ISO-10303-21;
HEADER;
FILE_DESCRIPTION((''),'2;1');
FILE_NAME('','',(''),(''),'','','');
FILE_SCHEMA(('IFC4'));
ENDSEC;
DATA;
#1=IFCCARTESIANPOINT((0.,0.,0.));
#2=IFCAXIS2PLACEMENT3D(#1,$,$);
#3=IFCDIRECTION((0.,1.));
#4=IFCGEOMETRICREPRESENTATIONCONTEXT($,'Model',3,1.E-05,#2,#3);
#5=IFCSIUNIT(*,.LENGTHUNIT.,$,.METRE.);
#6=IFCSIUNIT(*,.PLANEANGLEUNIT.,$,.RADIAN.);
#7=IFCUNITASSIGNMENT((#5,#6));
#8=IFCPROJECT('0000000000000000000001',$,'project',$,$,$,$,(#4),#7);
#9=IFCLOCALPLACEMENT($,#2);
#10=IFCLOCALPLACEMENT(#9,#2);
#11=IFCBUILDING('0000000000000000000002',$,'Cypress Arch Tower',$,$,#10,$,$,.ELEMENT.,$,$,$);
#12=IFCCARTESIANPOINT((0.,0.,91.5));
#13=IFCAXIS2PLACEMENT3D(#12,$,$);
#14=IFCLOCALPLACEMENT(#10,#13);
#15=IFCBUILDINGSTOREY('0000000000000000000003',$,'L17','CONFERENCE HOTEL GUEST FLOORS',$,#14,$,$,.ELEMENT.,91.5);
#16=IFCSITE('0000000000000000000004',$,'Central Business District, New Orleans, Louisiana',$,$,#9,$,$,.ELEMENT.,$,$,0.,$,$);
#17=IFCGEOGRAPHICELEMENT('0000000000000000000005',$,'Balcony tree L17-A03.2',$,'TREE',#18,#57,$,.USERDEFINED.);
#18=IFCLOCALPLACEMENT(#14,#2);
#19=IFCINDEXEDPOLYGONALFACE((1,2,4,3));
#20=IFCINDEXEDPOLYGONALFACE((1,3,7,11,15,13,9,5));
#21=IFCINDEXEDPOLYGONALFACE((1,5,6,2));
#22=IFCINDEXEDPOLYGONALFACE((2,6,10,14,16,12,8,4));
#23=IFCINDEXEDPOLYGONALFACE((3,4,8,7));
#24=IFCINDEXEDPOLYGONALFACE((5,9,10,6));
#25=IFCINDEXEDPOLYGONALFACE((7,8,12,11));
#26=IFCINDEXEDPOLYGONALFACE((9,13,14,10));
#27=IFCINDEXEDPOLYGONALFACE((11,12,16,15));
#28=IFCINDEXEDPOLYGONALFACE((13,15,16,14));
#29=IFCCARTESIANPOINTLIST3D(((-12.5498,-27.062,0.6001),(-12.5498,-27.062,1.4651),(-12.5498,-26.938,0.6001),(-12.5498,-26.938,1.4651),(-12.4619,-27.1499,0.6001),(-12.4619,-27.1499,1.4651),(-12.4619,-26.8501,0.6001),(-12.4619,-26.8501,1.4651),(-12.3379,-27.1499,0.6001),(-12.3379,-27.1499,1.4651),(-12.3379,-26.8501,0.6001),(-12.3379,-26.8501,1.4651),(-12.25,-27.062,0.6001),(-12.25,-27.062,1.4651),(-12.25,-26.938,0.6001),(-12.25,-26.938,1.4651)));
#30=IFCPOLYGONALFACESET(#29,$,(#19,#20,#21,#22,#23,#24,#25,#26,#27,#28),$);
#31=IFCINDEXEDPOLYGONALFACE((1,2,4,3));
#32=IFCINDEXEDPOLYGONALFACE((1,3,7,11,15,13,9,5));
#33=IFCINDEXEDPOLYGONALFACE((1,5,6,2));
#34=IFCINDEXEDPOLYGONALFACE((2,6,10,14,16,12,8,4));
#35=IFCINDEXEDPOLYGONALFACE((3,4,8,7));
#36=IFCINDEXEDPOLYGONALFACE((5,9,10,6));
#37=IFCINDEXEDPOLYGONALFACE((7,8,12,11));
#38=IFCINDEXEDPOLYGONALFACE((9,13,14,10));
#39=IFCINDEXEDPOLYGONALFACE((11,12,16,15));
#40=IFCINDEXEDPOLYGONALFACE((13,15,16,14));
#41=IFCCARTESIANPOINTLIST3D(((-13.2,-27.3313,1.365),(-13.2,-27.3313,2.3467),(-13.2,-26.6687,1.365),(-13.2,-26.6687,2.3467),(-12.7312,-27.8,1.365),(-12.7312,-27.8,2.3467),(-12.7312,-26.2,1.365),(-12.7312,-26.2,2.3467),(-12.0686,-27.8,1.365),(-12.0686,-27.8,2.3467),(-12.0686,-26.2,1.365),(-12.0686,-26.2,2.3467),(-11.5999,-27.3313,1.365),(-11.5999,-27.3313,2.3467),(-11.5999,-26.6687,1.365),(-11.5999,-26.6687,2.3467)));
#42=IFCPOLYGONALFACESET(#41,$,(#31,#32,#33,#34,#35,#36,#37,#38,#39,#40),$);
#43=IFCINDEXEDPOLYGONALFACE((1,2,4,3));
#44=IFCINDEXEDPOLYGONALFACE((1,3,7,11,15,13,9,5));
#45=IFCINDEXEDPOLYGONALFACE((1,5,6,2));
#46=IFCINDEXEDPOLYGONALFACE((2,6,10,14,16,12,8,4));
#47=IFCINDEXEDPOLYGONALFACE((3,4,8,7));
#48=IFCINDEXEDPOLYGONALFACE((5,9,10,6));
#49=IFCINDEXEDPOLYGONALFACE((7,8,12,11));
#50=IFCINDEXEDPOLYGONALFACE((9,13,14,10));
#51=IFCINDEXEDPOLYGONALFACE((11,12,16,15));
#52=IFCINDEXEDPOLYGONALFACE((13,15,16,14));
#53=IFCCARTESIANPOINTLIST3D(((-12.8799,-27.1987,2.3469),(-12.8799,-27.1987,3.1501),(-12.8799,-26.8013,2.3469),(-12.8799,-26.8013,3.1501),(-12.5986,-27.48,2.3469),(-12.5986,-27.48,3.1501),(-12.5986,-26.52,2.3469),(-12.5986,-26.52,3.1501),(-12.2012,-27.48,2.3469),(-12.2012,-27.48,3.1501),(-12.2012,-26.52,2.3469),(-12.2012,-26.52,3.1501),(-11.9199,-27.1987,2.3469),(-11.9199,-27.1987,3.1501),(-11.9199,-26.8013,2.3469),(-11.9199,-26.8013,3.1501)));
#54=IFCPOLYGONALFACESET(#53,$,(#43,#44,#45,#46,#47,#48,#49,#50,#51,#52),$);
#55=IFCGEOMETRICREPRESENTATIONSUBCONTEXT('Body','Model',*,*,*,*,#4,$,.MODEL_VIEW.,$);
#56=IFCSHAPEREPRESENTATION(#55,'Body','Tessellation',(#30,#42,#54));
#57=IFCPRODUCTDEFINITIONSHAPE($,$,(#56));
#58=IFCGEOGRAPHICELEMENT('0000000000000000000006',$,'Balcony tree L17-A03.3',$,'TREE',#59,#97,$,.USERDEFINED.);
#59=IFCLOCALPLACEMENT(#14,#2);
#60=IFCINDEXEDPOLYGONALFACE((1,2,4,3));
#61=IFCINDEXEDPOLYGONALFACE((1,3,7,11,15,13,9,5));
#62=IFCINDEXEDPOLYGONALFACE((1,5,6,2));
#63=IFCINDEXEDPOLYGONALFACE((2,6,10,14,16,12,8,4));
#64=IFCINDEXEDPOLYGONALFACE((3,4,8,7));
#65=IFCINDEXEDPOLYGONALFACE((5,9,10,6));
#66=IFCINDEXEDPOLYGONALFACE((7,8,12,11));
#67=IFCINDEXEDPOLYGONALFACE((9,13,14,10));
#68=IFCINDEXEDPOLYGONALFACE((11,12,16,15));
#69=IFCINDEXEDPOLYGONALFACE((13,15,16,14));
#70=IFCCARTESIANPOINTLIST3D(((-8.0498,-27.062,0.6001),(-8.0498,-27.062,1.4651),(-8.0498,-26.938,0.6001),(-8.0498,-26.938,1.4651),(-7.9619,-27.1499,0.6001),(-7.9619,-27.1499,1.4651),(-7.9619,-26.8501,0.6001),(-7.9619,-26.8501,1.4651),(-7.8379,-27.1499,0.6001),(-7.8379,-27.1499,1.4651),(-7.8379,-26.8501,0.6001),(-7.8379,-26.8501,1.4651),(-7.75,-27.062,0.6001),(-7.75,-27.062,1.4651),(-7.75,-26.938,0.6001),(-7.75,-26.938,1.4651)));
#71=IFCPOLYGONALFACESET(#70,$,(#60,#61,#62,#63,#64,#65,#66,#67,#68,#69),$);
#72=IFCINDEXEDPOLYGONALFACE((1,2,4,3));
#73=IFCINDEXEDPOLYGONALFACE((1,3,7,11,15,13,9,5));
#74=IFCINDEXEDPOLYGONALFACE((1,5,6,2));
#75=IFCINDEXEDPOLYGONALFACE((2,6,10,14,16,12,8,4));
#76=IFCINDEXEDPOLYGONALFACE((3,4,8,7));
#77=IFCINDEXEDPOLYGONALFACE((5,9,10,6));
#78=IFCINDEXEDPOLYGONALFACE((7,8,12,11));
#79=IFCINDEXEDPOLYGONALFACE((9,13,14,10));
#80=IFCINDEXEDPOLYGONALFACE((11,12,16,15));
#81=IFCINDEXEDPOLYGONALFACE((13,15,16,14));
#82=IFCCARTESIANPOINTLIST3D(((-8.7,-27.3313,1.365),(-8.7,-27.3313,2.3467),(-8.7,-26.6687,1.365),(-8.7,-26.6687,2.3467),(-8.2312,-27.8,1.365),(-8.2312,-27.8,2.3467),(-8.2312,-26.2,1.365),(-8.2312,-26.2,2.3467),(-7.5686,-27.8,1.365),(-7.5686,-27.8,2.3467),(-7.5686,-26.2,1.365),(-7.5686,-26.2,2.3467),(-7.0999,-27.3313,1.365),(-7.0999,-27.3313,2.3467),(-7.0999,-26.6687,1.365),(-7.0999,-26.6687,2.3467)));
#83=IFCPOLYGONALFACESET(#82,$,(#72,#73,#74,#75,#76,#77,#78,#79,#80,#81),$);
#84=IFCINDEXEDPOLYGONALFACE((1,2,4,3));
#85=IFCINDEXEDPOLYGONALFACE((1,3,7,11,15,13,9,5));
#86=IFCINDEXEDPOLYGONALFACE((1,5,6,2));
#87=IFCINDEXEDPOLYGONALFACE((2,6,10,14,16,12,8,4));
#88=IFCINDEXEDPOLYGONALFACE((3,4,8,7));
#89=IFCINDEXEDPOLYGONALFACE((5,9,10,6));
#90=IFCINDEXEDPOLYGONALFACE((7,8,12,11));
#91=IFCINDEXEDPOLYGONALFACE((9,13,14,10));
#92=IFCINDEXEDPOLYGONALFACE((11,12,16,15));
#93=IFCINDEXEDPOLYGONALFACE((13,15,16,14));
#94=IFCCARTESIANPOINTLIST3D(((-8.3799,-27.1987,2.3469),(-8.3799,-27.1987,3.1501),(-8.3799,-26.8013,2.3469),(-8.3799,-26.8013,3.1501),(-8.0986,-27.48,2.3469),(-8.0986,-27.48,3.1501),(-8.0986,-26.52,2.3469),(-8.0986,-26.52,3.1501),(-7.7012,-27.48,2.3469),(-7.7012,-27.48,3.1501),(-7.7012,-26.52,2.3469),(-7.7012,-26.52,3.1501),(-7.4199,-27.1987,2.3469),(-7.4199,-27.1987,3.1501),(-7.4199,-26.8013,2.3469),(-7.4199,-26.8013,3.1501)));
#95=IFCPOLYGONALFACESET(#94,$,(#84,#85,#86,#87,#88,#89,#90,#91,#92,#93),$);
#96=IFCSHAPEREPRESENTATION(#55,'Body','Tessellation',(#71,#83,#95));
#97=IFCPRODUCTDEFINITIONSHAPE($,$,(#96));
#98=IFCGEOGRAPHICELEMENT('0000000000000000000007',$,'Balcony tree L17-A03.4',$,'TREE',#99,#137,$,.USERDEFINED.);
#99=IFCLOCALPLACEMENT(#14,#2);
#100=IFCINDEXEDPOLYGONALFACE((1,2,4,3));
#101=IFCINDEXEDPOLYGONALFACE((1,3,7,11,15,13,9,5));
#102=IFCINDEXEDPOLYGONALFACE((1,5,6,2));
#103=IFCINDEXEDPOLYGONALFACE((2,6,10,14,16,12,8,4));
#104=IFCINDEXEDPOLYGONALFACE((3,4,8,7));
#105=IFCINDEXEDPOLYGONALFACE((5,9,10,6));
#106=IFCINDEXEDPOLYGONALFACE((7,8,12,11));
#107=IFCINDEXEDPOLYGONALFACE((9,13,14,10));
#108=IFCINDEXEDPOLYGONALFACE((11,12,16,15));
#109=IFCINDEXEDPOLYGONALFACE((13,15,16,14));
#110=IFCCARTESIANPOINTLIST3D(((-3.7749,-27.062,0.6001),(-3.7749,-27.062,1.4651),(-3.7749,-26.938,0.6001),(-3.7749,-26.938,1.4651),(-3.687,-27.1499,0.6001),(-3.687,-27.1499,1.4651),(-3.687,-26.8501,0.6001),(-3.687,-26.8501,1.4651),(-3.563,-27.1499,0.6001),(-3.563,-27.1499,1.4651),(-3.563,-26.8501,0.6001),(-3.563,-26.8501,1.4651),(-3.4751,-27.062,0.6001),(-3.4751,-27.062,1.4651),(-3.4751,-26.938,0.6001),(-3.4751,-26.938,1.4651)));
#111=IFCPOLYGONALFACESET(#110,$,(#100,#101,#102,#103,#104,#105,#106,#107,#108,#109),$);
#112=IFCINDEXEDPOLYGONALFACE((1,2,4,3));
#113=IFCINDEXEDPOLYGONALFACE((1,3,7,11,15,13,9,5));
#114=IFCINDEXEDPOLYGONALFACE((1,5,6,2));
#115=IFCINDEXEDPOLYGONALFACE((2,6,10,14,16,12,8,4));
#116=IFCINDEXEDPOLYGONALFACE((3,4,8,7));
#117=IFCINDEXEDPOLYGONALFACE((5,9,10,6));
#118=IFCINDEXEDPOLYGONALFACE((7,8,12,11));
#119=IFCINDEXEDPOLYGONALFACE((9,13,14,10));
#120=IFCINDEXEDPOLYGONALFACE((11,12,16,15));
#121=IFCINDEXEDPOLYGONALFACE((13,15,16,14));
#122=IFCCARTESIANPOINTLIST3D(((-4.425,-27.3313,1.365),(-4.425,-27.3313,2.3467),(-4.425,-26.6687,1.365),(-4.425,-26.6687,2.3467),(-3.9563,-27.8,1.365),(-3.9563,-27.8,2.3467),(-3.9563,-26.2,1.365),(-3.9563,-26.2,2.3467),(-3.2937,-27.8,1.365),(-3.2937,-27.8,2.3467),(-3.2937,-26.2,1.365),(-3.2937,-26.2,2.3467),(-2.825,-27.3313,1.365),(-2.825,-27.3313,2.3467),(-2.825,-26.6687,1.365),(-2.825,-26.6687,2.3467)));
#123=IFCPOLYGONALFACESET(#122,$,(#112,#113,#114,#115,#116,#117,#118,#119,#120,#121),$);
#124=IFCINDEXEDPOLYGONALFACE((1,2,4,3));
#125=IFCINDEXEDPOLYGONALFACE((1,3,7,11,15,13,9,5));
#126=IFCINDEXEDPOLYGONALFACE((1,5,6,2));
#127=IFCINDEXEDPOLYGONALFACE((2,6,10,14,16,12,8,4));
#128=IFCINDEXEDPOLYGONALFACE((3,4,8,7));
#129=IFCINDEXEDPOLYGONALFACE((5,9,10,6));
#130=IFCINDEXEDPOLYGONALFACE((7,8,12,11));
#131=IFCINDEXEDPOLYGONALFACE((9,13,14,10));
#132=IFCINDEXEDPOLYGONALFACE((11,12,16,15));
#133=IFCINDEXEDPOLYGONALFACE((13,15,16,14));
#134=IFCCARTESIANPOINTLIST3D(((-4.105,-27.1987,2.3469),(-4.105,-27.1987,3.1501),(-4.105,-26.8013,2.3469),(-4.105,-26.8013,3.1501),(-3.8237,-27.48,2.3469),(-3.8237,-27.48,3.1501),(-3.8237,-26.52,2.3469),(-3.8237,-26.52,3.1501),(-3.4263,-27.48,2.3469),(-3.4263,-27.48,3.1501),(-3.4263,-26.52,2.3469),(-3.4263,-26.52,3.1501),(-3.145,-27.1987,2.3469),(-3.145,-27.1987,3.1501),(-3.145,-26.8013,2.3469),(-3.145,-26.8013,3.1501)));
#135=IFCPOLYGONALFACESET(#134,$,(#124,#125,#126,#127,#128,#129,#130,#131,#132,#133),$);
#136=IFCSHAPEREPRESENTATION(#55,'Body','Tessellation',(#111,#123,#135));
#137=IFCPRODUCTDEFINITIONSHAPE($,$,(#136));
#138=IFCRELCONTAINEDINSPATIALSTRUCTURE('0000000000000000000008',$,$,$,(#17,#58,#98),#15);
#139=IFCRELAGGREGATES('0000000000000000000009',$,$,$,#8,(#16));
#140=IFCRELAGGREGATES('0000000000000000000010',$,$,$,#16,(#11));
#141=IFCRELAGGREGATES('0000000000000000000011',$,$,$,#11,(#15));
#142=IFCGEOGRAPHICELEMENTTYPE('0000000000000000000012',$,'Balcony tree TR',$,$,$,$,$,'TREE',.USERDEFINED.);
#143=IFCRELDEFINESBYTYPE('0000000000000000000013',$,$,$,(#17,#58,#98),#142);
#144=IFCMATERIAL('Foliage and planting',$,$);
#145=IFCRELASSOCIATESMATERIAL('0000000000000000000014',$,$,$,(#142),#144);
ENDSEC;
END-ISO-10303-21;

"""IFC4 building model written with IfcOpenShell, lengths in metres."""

from ifc_helpers import new_model, si_unit, direction, frame, origin, place, context, subcontext, project, spatial, polyline, outline, extrude, material, type_object, element, save


model = new_model("IFC4")

# Units and contexts
model_context = context("Model", 3, precision=1e-05, world=origin(), true_north=direction((0.0, 1.0)))
body_context = subcontext(model_context, "Body", "Model", "MODEL_VIEW")
ifc_project = project(units=[si_unit("LENGTHUNIT", "METRE"), si_unit("PLANEANGLEUNIT", "RADIAN")], contexts=[model_context])

# Site, building, storey
site_placement = place(None, origin())
site = spatial("IfcSite", under=ifc_project, at=site_placement, Name="Central Business District, New Orleans, Louisiana", CompositionType="ELEMENT", RefElevation=0.0)
building_placement = place(site_placement, origin())
building = spatial("IfcBuilding", under=site, at=building_placement, Name="Cypress Arch Tower", CompositionType="ELEMENT")
storey_placement = place(building_placement, frame((0.0, 0.0, 91.5)))
storey = spatial("IfcBuildingStorey", under=building, at=storey_placement, Name="L17", Description="CONFERENCE HOTEL GUEST FLOORS", CompositionType="ELEMENT", Elevation=91.5)

# Geographic elements
ifc_material_1 = material(Name="Foliage and planting")
geographic_element_type = type_object("IfcGeographicElementType", Name="Balcony tree TR", ElementType="TREE", PredefinedType="USERDEFINED", material=ifc_material_1)
for number, where, z_axis, x_axis, name in (
    (1, (-12.3999, -27.0, 0.6001), (0.0, 0.0, 1.0), (1.0, 0.0, 0.0), "Balcony tree L17-A03.2"),
    (2, (-7.8999, -27.0, 0.6001), (0.0, 0.0, 1.0), (1.0, 0.0, 0.0), "Balcony tree L17-A03.3"),
    (3, (-3.625, -27.0, 0.6001), (0.0, 0.0, 1.0), (1.0, 0.0, 0.0), "Balcony tree L17-A03.4"),
):
    element("IfcGeographicElement", number, at=place(storey_placement, frame(where, z_axis=z_axis, x_axis=x_axis)), inside=storey, type_object=geographic_element_type, Name=name, ObjectType="TREE", PredefinedType="USERDEFINED", context=body_context, shape_type="SweptSolid", body=[
        extrude(outline(polyline([(0.1499, 0.062), (0.062, 0.1499), (-0.062, 0.1499), (-0.1499, 0.062), (-0.1499, -0.062), (-0.062, -0.1499), (0.062, -0.1499), (0.1499, -0.062), (0.1499, 0.062)])), origin(), (0.0, 0.0, 1.0), 0.865),
        extrude(outline(polyline([(0.8, 0.3313), (0.3313, 0.8), (-0.3313, 0.8), (-0.8, 0.3313), (-0.8, -0.3313), (-0.3313, -0.8), (0.3313, -0.8), (0.8, -0.3313), (0.8, 0.3313)])), frame((0.0, 0.0, 0.7649)), (0.0, 0.0, 1.0), 0.9817),
        extrude(outline(polyline([(0.48, 0.1987), (0.1987, 0.48), (-0.1987, 0.48), (-0.48, 0.1987), (-0.48, -0.1987), (-0.1987, -0.48), (0.1987, -0.48), (0.48, -0.1987), (0.48, 0.1987)])), frame((0.0, 0.0, 1.7468)), (0.0, 0.0, 1.0), 0.8032),
    ])

save(model, "model.ifc")
